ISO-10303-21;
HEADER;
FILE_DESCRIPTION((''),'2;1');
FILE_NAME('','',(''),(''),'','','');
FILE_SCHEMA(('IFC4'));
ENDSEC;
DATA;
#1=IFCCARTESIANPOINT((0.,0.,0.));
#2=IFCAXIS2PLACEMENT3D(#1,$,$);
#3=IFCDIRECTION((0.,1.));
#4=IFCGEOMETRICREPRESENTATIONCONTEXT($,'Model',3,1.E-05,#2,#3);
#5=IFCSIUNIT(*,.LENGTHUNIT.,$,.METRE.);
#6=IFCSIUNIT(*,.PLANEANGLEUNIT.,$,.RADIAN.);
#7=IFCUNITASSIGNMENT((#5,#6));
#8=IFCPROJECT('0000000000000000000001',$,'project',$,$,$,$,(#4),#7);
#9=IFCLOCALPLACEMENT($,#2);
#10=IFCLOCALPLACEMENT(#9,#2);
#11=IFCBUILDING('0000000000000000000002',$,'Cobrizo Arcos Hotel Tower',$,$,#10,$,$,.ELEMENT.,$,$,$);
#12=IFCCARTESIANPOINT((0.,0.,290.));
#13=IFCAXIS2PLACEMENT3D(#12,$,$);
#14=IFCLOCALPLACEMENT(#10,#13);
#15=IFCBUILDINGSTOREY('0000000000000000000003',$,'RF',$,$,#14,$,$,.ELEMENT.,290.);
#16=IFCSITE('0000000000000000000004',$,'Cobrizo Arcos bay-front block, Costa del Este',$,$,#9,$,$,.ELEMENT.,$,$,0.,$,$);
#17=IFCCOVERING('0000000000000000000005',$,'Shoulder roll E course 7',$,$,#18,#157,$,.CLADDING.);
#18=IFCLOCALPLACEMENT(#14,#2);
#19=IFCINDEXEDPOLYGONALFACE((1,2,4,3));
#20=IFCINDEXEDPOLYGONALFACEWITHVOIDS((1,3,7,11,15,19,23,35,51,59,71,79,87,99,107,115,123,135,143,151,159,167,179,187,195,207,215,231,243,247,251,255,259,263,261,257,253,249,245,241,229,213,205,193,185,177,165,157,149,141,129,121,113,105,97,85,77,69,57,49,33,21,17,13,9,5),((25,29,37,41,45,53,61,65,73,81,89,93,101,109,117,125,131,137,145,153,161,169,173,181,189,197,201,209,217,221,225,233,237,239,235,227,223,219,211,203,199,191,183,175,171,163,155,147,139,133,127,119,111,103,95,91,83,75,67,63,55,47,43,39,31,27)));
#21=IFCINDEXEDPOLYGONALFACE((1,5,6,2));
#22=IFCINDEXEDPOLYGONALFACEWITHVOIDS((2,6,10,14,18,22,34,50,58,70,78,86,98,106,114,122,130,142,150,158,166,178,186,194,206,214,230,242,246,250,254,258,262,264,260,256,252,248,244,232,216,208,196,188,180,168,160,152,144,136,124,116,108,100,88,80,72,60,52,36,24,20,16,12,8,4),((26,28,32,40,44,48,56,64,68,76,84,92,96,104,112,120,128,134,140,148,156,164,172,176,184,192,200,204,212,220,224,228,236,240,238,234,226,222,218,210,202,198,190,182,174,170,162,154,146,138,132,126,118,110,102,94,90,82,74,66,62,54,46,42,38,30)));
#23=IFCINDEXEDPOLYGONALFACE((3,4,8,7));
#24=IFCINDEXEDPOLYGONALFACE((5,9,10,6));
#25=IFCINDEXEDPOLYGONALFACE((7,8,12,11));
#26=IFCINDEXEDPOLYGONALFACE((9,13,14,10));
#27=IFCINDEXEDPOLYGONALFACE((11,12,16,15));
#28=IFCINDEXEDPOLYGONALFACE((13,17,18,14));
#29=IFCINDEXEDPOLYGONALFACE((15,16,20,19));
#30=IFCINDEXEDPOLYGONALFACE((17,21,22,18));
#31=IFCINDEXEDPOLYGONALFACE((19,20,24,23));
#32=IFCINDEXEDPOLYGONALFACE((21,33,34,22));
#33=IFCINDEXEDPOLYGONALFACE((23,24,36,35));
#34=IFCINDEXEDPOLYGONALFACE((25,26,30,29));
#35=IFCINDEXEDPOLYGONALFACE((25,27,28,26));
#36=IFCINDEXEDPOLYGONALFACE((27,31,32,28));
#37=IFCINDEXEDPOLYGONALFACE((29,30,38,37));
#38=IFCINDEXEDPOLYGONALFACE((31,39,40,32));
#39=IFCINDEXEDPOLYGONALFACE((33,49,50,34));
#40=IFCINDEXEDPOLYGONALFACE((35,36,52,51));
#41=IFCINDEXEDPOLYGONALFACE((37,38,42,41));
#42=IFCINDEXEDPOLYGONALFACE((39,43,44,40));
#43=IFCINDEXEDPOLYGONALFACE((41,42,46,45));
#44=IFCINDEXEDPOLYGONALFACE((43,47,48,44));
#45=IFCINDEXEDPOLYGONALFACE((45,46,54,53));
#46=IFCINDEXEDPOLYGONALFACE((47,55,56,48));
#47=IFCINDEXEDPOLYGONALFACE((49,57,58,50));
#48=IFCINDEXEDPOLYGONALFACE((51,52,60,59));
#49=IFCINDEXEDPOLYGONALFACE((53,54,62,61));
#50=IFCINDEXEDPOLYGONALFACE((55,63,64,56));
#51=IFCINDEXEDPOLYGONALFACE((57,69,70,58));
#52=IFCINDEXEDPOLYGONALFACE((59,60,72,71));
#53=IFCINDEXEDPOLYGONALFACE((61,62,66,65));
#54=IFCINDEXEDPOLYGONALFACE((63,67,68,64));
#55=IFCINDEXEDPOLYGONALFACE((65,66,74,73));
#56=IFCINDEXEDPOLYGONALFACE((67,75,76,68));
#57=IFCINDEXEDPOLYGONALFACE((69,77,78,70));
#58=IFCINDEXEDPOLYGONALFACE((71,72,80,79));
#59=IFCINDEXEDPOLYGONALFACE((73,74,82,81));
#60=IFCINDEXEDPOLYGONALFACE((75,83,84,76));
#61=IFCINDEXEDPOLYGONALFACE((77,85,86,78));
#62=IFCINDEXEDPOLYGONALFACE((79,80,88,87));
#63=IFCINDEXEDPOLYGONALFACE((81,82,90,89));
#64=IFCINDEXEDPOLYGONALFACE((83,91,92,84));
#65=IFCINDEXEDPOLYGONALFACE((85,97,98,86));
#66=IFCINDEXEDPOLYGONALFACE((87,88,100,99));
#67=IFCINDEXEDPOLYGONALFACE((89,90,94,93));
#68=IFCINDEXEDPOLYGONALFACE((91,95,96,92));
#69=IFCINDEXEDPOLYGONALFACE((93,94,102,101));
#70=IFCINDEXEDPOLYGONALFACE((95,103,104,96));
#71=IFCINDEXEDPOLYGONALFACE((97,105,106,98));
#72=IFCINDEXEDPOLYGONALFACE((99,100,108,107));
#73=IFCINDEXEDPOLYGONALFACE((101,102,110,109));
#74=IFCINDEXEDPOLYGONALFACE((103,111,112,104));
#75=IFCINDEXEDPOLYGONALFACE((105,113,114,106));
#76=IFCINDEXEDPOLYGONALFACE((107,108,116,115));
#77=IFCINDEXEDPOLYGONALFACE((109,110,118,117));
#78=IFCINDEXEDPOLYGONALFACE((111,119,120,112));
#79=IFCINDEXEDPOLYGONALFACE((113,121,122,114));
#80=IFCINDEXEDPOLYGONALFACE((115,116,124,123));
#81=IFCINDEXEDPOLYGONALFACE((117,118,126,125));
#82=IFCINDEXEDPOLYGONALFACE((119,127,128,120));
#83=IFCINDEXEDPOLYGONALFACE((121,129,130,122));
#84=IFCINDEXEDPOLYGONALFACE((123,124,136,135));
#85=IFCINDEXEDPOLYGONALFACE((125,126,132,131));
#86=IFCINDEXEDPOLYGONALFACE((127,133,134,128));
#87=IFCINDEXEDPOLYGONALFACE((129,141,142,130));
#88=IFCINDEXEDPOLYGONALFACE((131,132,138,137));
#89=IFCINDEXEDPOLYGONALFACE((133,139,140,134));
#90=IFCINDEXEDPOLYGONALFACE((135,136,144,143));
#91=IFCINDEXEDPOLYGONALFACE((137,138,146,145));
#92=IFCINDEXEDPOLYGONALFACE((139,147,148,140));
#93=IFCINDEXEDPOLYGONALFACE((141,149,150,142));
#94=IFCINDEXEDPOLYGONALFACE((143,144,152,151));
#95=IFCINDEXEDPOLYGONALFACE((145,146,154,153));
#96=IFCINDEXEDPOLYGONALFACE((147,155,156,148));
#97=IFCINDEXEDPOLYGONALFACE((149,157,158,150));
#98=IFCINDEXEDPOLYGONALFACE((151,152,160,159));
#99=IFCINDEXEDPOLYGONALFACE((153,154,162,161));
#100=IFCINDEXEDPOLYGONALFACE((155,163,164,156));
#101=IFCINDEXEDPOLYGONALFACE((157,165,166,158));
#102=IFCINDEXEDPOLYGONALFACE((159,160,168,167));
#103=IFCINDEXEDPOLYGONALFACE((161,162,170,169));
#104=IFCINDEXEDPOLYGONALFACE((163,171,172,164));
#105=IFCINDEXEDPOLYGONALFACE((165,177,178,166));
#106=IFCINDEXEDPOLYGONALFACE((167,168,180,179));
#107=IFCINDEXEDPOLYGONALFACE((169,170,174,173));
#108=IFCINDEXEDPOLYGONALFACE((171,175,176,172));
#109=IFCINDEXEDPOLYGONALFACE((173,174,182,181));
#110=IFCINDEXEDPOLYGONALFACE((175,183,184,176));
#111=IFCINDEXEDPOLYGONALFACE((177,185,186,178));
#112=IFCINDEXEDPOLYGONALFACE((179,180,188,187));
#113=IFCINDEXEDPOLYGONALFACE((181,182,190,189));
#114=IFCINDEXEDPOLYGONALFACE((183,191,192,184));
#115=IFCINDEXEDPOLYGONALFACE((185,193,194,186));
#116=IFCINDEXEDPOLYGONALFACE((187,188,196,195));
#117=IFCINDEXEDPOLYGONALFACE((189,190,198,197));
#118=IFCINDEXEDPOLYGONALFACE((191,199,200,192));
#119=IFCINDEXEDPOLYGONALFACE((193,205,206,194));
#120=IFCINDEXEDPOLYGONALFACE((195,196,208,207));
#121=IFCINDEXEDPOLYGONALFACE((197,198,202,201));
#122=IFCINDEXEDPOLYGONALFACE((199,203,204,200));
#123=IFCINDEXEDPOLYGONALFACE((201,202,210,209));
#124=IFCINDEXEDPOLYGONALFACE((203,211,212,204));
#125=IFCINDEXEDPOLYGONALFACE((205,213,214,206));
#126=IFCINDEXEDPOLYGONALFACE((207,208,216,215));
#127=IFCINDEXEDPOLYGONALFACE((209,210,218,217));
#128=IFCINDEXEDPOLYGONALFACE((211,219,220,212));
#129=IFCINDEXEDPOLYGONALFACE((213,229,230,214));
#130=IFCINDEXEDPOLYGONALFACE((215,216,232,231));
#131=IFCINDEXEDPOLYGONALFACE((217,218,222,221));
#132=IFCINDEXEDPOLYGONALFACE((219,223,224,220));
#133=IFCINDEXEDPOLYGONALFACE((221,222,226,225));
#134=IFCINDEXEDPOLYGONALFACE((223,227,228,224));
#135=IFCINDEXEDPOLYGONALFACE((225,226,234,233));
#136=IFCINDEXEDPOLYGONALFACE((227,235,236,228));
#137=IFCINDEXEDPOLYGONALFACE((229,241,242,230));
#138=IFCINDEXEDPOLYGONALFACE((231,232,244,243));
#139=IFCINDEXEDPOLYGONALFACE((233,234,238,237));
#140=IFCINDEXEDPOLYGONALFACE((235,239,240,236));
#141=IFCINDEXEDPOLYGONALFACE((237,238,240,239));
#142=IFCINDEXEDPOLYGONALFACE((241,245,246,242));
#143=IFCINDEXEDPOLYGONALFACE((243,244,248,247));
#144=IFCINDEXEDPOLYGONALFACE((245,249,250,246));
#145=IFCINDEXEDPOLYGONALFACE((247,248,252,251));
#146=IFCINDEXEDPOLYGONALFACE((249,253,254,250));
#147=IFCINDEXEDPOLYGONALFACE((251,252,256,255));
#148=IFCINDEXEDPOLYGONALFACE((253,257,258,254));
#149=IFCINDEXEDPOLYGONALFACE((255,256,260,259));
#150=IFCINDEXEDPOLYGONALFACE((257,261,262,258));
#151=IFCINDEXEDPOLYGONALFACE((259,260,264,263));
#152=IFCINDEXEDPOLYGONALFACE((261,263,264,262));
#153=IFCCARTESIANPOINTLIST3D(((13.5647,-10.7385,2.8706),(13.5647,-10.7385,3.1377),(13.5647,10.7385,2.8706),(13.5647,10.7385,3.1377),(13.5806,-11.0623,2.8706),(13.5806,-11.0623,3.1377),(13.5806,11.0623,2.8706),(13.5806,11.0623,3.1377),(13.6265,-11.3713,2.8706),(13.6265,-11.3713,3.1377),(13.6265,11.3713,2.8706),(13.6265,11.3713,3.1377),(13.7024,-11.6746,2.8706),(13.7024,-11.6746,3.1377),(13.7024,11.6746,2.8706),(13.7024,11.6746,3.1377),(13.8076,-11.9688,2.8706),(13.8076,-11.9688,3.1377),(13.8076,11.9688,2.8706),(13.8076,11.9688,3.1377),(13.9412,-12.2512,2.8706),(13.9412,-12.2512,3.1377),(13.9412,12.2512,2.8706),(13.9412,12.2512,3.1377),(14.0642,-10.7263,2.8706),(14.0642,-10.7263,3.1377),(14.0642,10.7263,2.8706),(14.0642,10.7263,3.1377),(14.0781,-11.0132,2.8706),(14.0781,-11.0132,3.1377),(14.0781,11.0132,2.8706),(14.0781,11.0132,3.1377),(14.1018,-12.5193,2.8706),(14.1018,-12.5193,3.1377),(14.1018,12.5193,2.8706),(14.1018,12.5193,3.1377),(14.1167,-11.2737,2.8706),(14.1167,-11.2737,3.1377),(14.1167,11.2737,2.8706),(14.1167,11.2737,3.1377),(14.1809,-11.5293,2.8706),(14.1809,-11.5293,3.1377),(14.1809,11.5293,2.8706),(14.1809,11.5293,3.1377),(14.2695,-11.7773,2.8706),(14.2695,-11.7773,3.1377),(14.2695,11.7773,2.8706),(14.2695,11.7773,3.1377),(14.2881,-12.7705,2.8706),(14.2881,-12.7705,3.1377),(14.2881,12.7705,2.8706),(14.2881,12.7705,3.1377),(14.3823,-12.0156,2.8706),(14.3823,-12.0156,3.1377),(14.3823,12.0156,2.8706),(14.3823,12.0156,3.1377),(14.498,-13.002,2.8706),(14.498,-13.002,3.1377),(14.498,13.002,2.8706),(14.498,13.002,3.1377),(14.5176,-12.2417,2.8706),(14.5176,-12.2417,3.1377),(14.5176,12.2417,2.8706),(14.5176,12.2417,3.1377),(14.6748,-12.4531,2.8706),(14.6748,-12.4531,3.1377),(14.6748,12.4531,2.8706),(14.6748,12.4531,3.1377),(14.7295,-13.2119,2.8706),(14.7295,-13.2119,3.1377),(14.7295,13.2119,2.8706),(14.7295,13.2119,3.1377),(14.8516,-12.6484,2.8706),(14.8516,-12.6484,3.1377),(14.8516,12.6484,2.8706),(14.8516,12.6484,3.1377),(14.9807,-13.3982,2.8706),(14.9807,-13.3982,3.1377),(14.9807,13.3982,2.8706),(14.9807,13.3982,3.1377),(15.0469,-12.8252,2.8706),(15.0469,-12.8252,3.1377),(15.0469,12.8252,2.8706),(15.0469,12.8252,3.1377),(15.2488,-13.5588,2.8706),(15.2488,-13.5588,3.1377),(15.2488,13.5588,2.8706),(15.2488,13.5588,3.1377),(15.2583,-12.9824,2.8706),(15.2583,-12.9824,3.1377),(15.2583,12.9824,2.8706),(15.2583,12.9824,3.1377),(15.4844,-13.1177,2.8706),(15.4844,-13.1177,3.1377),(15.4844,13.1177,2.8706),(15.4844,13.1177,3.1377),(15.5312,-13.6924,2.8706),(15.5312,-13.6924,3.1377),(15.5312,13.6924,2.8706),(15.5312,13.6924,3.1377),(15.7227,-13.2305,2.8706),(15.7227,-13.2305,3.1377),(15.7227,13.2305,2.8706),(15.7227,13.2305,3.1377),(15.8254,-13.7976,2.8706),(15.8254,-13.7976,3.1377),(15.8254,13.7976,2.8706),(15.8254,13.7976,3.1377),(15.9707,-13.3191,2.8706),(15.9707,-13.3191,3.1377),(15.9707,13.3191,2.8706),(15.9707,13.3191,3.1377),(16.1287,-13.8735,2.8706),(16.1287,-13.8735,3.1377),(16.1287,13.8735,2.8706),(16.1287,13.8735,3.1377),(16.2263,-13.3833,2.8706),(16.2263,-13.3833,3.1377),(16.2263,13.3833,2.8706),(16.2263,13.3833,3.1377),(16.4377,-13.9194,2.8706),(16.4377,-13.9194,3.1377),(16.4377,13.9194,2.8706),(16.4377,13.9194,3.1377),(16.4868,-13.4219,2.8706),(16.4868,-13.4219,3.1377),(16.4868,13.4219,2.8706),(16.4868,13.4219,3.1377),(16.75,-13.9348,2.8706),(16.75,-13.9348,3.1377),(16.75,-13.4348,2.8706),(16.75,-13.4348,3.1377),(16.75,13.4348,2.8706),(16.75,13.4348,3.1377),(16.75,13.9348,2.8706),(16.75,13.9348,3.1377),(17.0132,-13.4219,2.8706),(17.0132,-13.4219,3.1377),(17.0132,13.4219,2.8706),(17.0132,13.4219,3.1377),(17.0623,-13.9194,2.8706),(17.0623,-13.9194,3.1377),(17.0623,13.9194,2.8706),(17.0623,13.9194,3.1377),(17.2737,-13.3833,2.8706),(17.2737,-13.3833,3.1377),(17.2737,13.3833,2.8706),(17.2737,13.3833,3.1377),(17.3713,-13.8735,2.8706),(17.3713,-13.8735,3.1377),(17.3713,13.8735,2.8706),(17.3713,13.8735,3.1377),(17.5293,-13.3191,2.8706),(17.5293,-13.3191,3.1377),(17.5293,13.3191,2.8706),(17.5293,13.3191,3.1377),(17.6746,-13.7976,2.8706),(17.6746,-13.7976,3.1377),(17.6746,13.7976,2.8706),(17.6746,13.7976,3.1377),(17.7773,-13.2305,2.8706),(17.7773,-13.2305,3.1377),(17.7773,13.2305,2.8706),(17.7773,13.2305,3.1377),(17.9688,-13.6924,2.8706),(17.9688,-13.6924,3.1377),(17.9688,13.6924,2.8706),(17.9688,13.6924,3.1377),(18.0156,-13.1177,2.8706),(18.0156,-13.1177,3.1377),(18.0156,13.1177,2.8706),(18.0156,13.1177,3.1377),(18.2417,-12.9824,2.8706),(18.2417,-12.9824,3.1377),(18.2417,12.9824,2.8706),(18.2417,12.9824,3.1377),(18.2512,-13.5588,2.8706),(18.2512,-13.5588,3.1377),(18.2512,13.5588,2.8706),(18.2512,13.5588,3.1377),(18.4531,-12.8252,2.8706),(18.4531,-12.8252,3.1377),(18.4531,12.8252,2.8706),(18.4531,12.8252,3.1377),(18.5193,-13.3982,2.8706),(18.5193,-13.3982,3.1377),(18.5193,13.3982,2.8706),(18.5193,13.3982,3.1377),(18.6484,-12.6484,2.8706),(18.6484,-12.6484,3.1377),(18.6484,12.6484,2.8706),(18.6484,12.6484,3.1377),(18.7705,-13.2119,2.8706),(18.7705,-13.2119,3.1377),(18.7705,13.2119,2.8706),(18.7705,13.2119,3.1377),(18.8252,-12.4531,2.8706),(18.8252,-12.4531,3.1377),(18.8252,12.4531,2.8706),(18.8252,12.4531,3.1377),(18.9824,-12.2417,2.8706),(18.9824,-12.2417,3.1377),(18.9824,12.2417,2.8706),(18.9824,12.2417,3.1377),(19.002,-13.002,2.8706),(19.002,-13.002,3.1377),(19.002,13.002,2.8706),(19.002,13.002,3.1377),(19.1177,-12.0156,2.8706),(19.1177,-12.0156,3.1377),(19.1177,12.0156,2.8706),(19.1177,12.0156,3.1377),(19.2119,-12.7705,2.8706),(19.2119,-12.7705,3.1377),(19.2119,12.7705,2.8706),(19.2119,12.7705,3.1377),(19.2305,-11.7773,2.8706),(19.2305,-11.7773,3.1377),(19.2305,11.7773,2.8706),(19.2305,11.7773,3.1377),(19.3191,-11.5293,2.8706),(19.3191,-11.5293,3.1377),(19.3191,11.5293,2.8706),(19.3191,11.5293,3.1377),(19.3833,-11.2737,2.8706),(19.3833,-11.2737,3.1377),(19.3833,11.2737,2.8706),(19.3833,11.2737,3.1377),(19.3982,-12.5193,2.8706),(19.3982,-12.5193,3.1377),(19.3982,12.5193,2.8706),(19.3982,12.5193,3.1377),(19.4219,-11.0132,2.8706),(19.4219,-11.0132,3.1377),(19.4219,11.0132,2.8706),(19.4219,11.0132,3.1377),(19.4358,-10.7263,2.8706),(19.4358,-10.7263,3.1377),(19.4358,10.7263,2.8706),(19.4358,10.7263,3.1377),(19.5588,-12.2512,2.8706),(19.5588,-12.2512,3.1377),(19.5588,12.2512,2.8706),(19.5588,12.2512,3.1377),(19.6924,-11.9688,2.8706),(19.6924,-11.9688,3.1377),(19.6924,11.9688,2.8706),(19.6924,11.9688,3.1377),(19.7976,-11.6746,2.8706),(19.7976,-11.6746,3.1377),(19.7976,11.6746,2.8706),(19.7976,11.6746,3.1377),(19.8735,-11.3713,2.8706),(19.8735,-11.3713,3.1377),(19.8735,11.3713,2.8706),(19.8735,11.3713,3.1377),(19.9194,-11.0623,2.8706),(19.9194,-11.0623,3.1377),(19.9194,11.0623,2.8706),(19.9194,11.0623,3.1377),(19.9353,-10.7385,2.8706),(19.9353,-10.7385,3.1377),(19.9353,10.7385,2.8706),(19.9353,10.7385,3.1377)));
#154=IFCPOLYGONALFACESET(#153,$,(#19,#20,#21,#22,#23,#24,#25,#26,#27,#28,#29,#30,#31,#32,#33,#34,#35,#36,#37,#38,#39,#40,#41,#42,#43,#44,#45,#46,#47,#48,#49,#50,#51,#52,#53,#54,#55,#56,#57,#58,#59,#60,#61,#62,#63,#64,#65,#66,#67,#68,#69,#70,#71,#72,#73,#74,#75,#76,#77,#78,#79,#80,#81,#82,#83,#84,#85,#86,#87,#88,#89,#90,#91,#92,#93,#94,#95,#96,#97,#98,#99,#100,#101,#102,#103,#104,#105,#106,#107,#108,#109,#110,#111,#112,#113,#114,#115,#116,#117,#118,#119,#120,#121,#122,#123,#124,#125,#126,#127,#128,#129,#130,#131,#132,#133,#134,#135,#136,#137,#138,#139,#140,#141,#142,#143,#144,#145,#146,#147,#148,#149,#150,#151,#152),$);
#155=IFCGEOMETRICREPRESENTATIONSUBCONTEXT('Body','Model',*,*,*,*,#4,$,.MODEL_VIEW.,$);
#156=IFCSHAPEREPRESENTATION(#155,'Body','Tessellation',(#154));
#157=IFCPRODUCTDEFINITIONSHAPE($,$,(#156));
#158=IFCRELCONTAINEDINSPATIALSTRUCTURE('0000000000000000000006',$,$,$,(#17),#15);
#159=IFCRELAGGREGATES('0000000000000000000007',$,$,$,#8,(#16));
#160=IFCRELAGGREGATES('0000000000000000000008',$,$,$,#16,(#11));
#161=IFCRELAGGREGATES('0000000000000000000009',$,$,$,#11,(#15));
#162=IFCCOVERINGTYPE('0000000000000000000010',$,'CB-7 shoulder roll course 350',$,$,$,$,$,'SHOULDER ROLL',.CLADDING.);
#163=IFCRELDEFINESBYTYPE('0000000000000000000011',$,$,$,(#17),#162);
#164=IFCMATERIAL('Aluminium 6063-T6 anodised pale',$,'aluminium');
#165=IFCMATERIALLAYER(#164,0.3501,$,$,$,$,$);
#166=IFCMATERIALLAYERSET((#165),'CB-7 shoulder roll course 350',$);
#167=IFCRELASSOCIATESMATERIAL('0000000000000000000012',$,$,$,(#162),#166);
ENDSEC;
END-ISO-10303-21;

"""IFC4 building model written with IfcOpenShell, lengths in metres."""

from ifc_helpers import new_model, si_unit, direction, frame, origin, place, context, subcontext, project, spatial, polyline, outline, extrude, material, layer, layer_set, type_object, element, save


model = new_model("IFC4")

# Units and contexts
model_context = context("Model", 3, precision=1e-05, world=origin(), true_north=direction((0.0, 1.0)))
body_context = subcontext(model_context, "Body", "Model", "MODEL_VIEW")
ifc_project = project(units=[si_unit("LENGTHUNIT", "METRE"), si_unit("PLANEANGLEUNIT", "RADIAN")], contexts=[model_context])

# Site, building, storey
site_placement = place(None, origin())
site = spatial("IfcSite", under=ifc_project, at=site_placement, Name="Cobrizo Arcos bay-front block, Costa del Este", CompositionType="ELEMENT", RefElevation=0.0)
building_placement = place(site_placement, origin())
building = spatial("IfcBuilding", under=site, at=building_placement, Name="Cobrizo Arcos Hotel Tower", CompositionType="ELEMENT")
storey_placement = place(building_placement, frame((0.0, 0.0, 290.0)))
storey = spatial("IfcBuildingStorey", under=building, at=storey_placement, Name="RF", CompositionType="ELEMENT", Elevation=290.0)

# Covering
ifc_material_1 = material(Name="Aluminium 6063-T6 anodised pale", Category="aluminium")
ifc_layer_1 = layer(ifc_material_1, 0.3501)
ifc_layer_set_1 = layer_set([ifc_layer_1], Name="CB-7 shoulder roll course 350")
covering_type_1 = type_object("IfcCoveringType", Name="CB-7 shoulder roll course 350", ElementType="SHOULDER ROLL", PredefinedType="CLADDING", material=ifc_layer_set_1)
covering_1_placement = place(storey_placement, frame((0.0, 0.0, 2.8706)))
element("IfcCovering", 1, at=covering_1_placement, inside=storey, type_object=covering_type_1, Name="Shoulder roll E course 7", PredefinedType="CLADDING", context=body_context, shape_type="SweptSolid", body=[
    extrude(outline(polyline([(13.5647, 10.7385), (13.5806, 11.0623), (13.6265, 11.3713), (13.7024, 11.6746), (13.8076, 11.9688), (13.9412, 12.2512), (14.1018, 12.5193), (14.2881, 12.7705), (14.498, 13.002), (14.7295, 13.2119), (14.9807, 13.3982), (15.2488, 13.5588), (15.5312, 13.6924), (15.8254, 13.7976), (16.1287, 13.8735), (16.4377, 13.9194), (16.75, 13.9348), (17.0623, 13.9194), (17.3713, 13.8735), (17.6746, 13.7976), (17.9688, 13.6924), (18.2512, 13.5588), (18.5193, 13.3982), (18.7705, 13.2119), (19.002, 13.002), (19.2119, 12.7705), (19.3982, 12.5193), (19.5588, 12.2512), (19.6924, 11.9688), (19.7976, 11.6746), (19.8735, 11.3713), (19.9194, 11.0623), (19.9353, 10.7385), (19.9353, -10.7385), (19.9194, -11.0623), (19.8735, -11.3713), (19.7976, -11.6746), (19.6924, -11.9688), (19.5588, -12.2512), (19.3982, -12.5193), (19.2119, -12.7705), (19.002, -13.002), (18.7705, -13.2119), (18.5193, -13.3982), (18.2512, -13.5588), (17.9688, -13.6924), (17.6746, -13.7976), (17.3713, -13.8735), (17.0623, -13.9194), (16.75, -13.9348), (16.4377, -13.9194), (16.1287, -13.8735), (15.8254, -13.7976), (15.5312, -13.6924), (15.2488, -13.5588), (14.9807, -13.3982), (14.7295, -13.2119), (14.498, -13.002), (14.2881, -12.7705), (14.1018, -12.5193), (13.9412, -12.2512), (13.8076, -11.9688), (13.7024, -11.6746), (13.6265, -11.3713), (13.5806, -11.0623), (13.5647, -10.7385), (13.5647, 10.7385)]), holes=[polyline([(14.0642, 10.7263), (14.0781, 11.0132), (14.1167, 11.2737), (14.1809, 11.5293), (14.2695, 11.7773), (14.3823, 12.0156), (14.5176, 12.2417), (14.6748, 12.4531), (14.8516, 12.6484), (15.0469, 12.8252), (15.2583, 12.9824), (15.4844, 13.1177), (15.7227, 13.2305), (15.9707, 13.3191), (16.2263, 13.3833), (16.4868, 13.4219), (16.75, 13.4348), (17.0132, 13.4219), (17.2737, 13.3833), (17.5293, 13.3191), (17.7773, 13.2305), (18.0156, 13.1177), (18.2417, 12.9824), (18.4531, 12.8252), (18.6484, 12.6484), (18.8252, 12.4531), (18.9824, 12.2417), (19.1177, 12.0156), (19.2305, 11.7773), (19.3191, 11.5293), (19.3833, 11.2737), (19.4219, 11.0132), (19.4358, 10.7263), (19.4358, -10.7263), (19.4219, -11.0132), (19.3833, -11.2737), (19.3191, -11.5293), (19.2305, -11.7773), (19.1177, -12.0156), (18.9824, -12.2417), (18.8252, -12.4531), (18.6484, -12.6484), (18.4531, -12.8252), (18.2417, -12.9824), (18.0156, -13.1177), (17.7773, -13.2305), (17.5293, -13.3191), (17.2737, -13.3833), (17.0132, -13.4219), (16.75, -13.4348), (16.4868, -13.4219), (16.2263, -13.3833), (15.9707, -13.3191), (15.7227, -13.2305), (15.4844, -13.1177), (15.2583, -12.9824), (15.0469, -12.8252), (14.8516, -12.6484), (14.6748, -12.4531), (14.5176, -12.2417), (14.3823, -12.0156), (14.2695, -11.7773), (14.1809, -11.5293), (14.1167, -11.2737), (14.0781, -11.0132), (14.0642, -10.7263), (14.0642, 10.7263)])]), origin(), (0.0, 0.0, 1.0), 0.2671),
])

save(model, "model.ifc")
